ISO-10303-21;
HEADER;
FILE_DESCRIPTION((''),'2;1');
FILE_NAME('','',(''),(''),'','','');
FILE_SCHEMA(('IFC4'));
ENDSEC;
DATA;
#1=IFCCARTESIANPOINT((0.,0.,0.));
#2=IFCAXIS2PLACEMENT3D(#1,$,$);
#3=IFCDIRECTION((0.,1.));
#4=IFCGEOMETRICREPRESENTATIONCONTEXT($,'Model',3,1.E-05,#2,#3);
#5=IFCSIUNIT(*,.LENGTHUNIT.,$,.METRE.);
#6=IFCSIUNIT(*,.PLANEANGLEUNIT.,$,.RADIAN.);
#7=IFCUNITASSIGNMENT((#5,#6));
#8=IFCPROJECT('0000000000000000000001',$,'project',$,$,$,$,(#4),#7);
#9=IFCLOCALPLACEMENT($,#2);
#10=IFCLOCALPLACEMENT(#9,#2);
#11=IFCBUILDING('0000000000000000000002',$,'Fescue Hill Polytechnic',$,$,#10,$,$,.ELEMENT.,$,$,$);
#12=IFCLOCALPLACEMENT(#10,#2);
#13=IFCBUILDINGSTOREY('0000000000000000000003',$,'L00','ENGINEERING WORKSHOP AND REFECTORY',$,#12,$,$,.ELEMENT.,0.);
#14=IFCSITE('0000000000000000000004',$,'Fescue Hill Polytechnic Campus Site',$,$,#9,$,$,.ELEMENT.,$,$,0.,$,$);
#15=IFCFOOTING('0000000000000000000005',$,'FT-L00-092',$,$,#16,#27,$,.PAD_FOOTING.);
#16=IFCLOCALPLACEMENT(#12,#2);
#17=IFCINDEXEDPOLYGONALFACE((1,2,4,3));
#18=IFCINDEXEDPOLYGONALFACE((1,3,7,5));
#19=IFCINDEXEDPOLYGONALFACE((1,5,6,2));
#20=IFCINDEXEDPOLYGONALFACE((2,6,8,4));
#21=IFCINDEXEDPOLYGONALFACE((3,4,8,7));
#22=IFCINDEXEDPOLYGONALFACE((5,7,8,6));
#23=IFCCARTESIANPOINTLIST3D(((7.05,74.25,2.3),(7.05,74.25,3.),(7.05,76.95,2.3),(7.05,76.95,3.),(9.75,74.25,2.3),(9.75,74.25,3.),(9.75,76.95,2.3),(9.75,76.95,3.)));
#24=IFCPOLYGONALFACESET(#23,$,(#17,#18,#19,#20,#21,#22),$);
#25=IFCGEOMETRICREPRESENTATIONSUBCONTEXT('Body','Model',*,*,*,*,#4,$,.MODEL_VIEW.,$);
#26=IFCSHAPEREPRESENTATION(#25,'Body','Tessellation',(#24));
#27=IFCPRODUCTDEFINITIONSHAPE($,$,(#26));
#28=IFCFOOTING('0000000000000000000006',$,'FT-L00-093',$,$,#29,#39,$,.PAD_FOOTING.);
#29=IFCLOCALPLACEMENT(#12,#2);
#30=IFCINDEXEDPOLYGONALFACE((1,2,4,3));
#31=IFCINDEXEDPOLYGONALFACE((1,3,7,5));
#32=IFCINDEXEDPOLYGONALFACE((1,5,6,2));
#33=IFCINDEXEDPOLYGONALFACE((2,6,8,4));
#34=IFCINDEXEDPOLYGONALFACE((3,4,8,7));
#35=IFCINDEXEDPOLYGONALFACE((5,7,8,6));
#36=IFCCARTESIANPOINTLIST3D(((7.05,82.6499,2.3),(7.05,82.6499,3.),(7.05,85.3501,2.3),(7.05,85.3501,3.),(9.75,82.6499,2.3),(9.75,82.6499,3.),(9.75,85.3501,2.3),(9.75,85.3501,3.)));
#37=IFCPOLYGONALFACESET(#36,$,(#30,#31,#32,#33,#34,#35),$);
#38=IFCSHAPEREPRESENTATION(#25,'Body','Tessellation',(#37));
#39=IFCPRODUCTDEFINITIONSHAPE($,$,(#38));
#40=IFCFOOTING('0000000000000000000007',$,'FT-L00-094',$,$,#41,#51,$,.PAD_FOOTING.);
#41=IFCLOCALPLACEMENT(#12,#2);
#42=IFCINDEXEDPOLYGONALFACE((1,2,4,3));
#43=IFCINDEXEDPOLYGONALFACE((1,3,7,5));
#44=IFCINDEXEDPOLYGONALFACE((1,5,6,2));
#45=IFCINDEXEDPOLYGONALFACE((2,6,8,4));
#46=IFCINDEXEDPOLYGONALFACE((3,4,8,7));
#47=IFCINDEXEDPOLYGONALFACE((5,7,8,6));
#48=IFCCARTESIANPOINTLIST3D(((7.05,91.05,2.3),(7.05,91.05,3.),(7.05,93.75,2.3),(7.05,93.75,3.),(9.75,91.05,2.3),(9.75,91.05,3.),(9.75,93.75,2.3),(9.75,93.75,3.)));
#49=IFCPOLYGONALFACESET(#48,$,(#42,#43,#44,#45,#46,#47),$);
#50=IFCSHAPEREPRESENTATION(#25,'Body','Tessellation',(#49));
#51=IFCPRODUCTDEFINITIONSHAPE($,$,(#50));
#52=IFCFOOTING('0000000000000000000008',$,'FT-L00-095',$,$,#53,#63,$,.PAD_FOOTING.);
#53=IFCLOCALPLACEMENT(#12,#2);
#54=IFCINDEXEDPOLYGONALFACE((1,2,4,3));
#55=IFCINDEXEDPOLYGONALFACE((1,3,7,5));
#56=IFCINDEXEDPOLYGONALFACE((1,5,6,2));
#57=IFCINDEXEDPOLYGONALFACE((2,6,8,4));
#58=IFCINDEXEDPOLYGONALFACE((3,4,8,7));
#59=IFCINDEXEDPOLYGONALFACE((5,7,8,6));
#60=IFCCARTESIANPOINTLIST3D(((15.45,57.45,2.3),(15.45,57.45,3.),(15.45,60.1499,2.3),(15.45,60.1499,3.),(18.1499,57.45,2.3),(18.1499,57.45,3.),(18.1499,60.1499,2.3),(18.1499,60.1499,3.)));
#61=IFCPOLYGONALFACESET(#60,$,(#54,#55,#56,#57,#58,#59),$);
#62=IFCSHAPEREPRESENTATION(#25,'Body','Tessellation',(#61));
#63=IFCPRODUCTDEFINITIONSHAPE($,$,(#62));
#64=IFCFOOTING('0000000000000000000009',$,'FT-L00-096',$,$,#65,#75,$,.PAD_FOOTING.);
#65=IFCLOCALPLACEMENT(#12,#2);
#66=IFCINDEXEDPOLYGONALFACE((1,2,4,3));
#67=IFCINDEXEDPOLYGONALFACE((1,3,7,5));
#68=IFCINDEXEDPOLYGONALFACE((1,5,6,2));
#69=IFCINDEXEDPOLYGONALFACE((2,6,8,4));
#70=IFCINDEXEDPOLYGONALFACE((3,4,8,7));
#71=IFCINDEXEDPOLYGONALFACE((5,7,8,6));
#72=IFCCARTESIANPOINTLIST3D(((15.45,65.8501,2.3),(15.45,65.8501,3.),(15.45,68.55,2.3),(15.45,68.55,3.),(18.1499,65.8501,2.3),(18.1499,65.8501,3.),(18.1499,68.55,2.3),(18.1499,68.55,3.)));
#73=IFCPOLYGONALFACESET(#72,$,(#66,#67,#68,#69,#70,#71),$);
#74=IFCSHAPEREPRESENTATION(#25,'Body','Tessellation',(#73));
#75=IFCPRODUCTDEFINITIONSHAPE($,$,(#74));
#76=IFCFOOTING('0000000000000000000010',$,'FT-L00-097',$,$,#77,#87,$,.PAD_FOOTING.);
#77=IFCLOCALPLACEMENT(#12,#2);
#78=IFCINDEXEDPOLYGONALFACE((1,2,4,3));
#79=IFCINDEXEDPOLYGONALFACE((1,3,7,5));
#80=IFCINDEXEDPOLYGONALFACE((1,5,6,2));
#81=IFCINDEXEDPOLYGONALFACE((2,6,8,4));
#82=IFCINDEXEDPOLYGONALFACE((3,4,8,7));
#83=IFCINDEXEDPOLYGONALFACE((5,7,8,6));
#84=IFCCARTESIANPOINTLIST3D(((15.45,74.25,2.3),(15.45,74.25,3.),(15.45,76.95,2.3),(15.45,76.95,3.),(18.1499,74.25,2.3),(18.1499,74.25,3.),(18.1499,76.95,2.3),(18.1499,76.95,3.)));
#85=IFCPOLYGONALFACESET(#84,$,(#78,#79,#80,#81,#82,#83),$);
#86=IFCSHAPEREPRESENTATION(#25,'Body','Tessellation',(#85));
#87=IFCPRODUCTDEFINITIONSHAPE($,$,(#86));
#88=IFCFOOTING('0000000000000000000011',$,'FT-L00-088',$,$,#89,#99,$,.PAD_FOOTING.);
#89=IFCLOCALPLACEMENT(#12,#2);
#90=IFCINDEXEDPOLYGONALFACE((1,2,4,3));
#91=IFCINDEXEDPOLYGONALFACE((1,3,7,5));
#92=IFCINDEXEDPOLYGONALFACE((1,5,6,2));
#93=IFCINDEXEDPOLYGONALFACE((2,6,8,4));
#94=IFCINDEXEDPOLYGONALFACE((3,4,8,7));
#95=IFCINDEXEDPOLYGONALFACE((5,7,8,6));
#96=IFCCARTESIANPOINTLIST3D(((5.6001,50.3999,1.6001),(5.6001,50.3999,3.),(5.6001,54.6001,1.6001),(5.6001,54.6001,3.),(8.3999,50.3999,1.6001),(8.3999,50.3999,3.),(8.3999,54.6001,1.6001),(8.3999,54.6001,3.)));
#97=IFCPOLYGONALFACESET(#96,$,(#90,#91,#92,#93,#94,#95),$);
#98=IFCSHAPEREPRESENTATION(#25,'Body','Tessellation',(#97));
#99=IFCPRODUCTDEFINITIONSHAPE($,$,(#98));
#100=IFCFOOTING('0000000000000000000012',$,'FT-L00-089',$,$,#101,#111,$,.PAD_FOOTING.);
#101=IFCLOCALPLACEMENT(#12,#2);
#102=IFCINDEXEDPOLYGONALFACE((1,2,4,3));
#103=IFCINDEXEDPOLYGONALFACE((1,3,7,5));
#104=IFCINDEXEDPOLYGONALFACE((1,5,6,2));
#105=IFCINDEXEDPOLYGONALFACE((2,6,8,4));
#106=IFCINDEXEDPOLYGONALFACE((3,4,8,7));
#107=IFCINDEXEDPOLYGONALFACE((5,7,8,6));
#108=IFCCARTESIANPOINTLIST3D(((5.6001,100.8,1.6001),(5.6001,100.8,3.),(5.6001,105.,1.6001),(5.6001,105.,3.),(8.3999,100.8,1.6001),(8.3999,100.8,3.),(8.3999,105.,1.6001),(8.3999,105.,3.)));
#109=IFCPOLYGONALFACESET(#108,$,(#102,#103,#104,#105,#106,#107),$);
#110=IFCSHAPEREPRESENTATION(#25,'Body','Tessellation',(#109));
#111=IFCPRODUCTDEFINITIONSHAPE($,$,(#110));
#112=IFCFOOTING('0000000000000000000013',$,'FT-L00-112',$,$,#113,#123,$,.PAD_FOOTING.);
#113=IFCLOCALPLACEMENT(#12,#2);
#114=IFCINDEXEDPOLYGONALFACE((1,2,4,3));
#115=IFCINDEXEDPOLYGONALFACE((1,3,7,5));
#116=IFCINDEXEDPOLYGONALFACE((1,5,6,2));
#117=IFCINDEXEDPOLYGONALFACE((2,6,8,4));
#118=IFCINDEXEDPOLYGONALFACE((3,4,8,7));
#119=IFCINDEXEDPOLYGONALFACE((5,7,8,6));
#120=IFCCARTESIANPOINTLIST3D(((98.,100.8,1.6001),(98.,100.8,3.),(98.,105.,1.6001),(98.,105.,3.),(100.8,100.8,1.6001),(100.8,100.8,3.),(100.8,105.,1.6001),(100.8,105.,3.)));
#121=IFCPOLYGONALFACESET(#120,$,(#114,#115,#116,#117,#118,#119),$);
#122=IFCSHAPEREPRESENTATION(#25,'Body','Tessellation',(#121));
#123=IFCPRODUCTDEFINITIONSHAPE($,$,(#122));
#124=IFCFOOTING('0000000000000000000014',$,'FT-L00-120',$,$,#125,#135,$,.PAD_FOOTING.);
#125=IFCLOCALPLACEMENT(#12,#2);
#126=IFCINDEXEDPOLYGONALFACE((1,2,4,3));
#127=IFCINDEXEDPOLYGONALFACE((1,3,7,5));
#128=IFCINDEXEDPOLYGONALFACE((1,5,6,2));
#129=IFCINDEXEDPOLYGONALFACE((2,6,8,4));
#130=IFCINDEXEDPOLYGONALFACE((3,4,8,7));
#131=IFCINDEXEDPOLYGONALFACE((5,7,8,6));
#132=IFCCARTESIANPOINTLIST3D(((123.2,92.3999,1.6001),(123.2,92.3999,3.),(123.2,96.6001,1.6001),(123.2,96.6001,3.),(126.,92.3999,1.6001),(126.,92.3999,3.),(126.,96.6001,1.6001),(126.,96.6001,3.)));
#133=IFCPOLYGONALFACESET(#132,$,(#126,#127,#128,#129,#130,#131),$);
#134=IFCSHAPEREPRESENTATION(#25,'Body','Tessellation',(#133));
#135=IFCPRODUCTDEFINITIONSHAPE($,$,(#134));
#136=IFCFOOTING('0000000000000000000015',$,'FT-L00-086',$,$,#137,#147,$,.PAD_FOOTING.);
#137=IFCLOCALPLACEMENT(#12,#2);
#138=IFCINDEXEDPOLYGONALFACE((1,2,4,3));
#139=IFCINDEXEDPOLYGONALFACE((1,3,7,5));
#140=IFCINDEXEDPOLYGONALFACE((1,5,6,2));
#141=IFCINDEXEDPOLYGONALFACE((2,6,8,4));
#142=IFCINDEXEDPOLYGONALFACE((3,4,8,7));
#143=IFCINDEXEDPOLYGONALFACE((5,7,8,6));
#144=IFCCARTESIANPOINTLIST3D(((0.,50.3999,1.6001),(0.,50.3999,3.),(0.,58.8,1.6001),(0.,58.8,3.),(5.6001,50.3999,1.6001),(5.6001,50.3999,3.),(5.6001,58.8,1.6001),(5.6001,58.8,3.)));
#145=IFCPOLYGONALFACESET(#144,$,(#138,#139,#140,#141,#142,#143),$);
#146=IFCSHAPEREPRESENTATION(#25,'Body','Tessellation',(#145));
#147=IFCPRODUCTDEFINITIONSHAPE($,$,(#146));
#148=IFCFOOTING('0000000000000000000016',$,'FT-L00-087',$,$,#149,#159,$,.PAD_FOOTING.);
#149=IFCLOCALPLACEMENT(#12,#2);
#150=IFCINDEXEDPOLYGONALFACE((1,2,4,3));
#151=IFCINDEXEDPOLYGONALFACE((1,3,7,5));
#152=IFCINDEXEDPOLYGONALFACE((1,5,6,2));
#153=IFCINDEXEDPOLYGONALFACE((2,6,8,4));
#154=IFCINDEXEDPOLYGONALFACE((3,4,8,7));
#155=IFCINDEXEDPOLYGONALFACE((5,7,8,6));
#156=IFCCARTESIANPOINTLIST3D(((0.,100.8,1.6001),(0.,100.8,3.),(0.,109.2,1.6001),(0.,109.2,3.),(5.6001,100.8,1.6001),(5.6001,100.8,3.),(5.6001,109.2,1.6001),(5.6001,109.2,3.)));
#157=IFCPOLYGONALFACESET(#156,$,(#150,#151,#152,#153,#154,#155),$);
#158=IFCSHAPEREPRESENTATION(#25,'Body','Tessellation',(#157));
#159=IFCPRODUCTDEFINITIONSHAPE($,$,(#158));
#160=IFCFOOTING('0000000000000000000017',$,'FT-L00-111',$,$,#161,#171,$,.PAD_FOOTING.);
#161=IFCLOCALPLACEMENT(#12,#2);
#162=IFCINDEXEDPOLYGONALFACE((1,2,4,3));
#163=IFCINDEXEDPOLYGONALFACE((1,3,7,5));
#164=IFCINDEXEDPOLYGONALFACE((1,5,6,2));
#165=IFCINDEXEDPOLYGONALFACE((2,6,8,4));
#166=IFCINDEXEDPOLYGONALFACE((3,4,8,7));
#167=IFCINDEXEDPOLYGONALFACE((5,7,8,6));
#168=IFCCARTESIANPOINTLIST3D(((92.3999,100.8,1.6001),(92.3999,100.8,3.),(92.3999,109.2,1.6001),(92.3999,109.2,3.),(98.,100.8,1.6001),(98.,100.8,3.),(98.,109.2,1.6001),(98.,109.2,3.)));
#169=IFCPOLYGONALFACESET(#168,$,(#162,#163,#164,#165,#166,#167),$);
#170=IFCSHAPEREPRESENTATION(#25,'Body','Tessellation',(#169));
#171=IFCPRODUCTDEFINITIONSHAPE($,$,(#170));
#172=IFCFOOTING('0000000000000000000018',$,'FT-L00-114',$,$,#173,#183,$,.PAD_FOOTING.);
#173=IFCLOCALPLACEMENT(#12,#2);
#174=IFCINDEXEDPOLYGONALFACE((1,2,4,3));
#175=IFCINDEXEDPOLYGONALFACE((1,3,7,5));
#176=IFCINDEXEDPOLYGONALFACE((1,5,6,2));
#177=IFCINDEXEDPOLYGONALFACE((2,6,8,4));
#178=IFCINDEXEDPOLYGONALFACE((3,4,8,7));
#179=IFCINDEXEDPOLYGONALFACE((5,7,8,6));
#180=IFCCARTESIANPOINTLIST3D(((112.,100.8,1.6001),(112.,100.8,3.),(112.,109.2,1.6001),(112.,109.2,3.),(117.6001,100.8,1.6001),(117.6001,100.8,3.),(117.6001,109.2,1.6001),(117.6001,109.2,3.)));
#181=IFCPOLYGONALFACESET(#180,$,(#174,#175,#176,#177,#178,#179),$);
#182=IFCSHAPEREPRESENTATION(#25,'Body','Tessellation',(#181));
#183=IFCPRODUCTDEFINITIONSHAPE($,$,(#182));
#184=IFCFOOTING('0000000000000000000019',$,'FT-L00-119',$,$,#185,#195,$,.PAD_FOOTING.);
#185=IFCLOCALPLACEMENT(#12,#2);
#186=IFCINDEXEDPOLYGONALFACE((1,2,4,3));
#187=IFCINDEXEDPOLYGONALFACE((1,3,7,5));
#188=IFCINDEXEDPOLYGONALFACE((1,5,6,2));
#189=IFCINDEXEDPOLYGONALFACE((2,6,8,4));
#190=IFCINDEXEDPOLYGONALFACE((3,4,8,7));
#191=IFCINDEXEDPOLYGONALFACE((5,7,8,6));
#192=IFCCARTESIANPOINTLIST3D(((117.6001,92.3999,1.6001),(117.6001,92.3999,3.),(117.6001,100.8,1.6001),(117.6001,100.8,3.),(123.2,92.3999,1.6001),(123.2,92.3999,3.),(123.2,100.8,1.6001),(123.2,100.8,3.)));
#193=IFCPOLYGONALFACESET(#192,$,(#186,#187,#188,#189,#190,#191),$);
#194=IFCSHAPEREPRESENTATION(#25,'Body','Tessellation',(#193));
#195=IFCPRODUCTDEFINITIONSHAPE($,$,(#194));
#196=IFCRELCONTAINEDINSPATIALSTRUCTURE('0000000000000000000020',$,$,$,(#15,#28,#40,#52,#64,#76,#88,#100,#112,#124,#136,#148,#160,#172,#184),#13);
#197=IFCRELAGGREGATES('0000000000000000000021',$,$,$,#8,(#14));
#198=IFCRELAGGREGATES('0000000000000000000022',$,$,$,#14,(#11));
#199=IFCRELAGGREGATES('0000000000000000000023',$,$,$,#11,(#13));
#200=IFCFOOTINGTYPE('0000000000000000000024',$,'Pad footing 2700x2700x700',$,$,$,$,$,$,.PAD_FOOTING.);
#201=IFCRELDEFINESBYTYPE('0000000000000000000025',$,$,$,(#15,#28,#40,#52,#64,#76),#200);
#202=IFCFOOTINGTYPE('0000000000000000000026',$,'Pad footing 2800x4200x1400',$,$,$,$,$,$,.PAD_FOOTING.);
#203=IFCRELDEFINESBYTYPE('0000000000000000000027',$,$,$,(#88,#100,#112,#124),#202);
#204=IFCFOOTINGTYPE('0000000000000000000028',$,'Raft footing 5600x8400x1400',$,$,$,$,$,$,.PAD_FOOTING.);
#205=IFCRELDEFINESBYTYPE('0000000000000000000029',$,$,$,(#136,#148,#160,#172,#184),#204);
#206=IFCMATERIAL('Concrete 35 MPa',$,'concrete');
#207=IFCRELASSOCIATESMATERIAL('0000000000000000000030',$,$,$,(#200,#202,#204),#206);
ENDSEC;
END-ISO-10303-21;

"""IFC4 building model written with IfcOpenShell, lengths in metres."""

from ifc_helpers import new_model, si_unit, direction, frame, origin, place, context, subcontext, project, spatial, polyline, outline, extrude, material, type_object, element, save


model = new_model("IFC4")

# Units and contexts
model_context = context("Model", 3, precision=1e-05, world=origin(), true_north=direction((0.0, 1.0)))
body_context = subcontext(model_context, "Body", "Model", "MODEL_VIEW")
ifc_project = project(units=[si_unit("LENGTHUNIT", "METRE"), si_unit("PLANEANGLEUNIT", "RADIAN")], contexts=[model_context])

# Site, building, storey
site_placement = place(None, origin())
site = spatial("IfcSite", under=ifc_project, at=site_placement, Name="Fescue Hill Polytechnic Campus Site", CompositionType="ELEMENT", RefElevation=0.0)
building_placement = place(site_placement, origin())
building = spatial("IfcBuilding", under=site, at=building_placement, Name="Fescue Hill Polytechnic", CompositionType="ELEMENT")
storey_placement = place(building_placement, origin())
storey = spatial("IfcBuildingStorey", under=building, at=storey_placement, Name="L00", Description="ENGINEERING WORKSHOP AND REFECTORY", CompositionType="ELEMENT", Elevation=0.0)

# Footings
ifc_material = material(Name="Concrete 35 MPa", Category="concrete")
footing_type_1 = type_object("IfcFootingType", Name="Pad footing 2700x2700x700", PredefinedType="PAD_FOOTING", material=ifc_material)
footing_1_placement = place(storey_placement, frame((0.0, 0.0, 2.3)))
element("IfcFooting", 1, at=footing_1_placement, inside=storey, type_object=footing_type_1, Name="FT-L00-092", PredefinedType="PAD_FOOTING", context=body_context, shape_type="SweptSolid", body=[
    extrude(outline(polyline([(9.75, 74.25), (9.75, 76.95), (7.05, 76.95), (7.05, 74.25), (9.75, 74.25)])), origin(), (0.0, 0.0, 1.0), 0.7),
])
footing_2_placement = place(storey_placement, frame((0.0, 0.0, 2.3)))
element("IfcFooting", 2, at=footing_2_placement, inside=storey, type_object=footing_type_1, Name="FT-L00-093", PredefinedType="PAD_FOOTING", context=body_context, shape_type="SweptSolid", body=[
    extrude(outline(polyline([(9.75, 82.6499), (9.75, 85.3501), (7.05, 85.3501), (7.05, 82.6499), (9.75, 82.6499)])), origin(), (0.0, 0.0, 1.0), 0.7),
])
footing_3_placement = place(storey_placement, frame((0.0, 0.0, 2.3)))
element("IfcFooting", 3, at=footing_3_placement, inside=storey, type_object=footing_type_1, Name="FT-L00-094", PredefinedType="PAD_FOOTING", context=body_context, shape_type="SweptSolid", body=[
    extrude(outline(polyline([(9.75, 91.05), (9.75, 93.75), (7.05, 93.75), (7.05, 91.05), (9.75, 91.05)])), origin(), (0.0, 0.0, 1.0), 0.7),
])
footing_4_placement = place(storey_placement, frame((0.0, 0.0, 2.3)))
element("IfcFooting", 4, at=footing_4_placement, inside=storey, type_object=footing_type_1, Name="FT-L00-095", PredefinedType="PAD_FOOTING", context=body_context, shape_type="SweptSolid", body=[
    extrude(outline(polyline([(18.1499, 57.45), (18.1499, 60.1499), (15.45, 60.1499), (15.45, 57.45), (18.1499, 57.45)])), origin(), (0.0, 0.0, 1.0), 0.7),
])
footing_5_placement = place(storey_placement, frame((0.0, 0.0, 2.3)))
element("IfcFooting", 5, at=footing_5_placement, inside=storey, type_object=footing_type_1, Name="FT-L00-096", PredefinedType="PAD_FOOTING", context=body_context, shape_type="SweptSolid", body=[
    extrude(outline(polyline([(18.1499, 65.8501), (18.1499, 68.55), (15.45, 68.55), (15.45, 65.8501), (18.1499, 65.8501)])), origin(), (0.0, 0.0, 1.0), 0.7),
])
footing_6_placement = place(storey_placement, frame((0.0, 0.0, 2.3)))
element("IfcFooting", 6, at=footing_6_placement, inside=storey, type_object=footing_type_1, Name="FT-L00-097", PredefinedType="PAD_FOOTING", context=body_context, shape_type="SweptSolid", body=[
    extrude(outline(polyline([(18.1499, 74.25), (18.1499, 76.95), (15.45, 76.95), (15.45, 74.25), (18.1499, 74.25)])), origin(), (0.0, 0.0, 1.0), 0.7),
])
footing_type_2 = type_object("IfcFootingType", Name="Pad footing 2800x4200x1400", PredefinedType="PAD_FOOTING", material=ifc_material)
footing_7_placement = place(storey_placement, frame((0.0, 0.0, 1.6001)))
element("IfcFooting", 7, at=footing_7_placement, inside=storey, type_object=footing_type_2, Name="FT-L00-088", PredefinedType="PAD_FOOTING", context=body_context, shape_type="SweptSolid", body=[
    extrude(outline(polyline([(8.3999, 50.3999), (8.3999, 54.6001), (5.6001, 54.6001), (5.6001, 50.3999), (8.3999, 50.3999)])), origin(), (0.0, 0.0, 1.0), 1.3999),
])
footing_8_placement = place(storey_placement, frame((0.0, 0.0, 1.6001)))
element("IfcFooting", 8, at=footing_8_placement, inside=storey, type_object=footing_type_2, Name="FT-L00-089", PredefinedType="PAD_FOOTING", context=body_context, shape_type="SweptSolid", body=[
    extrude(outline(polyline([(8.3999, 100.8), (8.3999, 105.0), (5.6001, 105.0), (5.6001, 100.8), (8.3999, 100.8)])), origin(), (0.0, 0.0, 1.0), 1.3999),
])
footing_9_placement = place(storey_placement, frame((0.0, 0.0, 1.6001)))
element("IfcFooting", 9, at=footing_9_placement, inside=storey, type_object=footing_type_2, Name="FT-L00-112", PredefinedType="PAD_FOOTING", context=body_context, shape_type="SweptSolid", body=[
    extrude(outline(polyline([(100.8, 100.8), (100.8, 105.0), (98.0, 105.0), (98.0, 100.8), (100.8, 100.8)])), origin(), (0.0, 0.0, 1.0), 1.3999),
])
footing_10_placement = place(storey_placement, frame((0.0, 0.0, 1.6001)))
element("IfcFooting", 10, at=footing_10_placement, inside=storey, type_object=footing_type_2, Name="FT-L00-120", PredefinedType="PAD_FOOTING", context=body_context, shape_type="SweptSolid", body=[
    extrude(outline(polyline([(126.0, 92.3999), (126.0, 96.6001), (123.2, 96.6001), (123.2, 92.3999), (126.0, 92.3999)])), origin(), (0.0, 0.0, 1.0), 1.3999),
])
footing_type_3 = type_object("IfcFootingType", Name="Raft footing 5600x8400x1400", PredefinedType="PAD_FOOTING", material=ifc_material)
footing_11_placement = place(storey_placement, frame((0.0, 0.0, 1.6001)))
element("IfcFooting", 11, at=footing_11_placement, inside=storey, type_object=footing_type_3, Name="FT-L00-086", PredefinedType="PAD_FOOTING", context=body_context, shape_type="SweptSolid", body=[
    extrude(outline(polyline([(5.6001, 50.3999), (5.6001, 58.8), (0.0, 58.8), (0.0, 50.3999), (5.6001, 50.3999)])), origin(), (0.0, 0.0, 1.0), 1.3999),
])
footing_12_placement = place(storey_placement, frame((0.0, 0.0, 1.6001)))
element("IfcFooting", 12, at=footing_12_placement, inside=storey, type_object=footing_type_3, Name="FT-L00-087", PredefinedType="PAD_FOOTING", context=body_context, shape_type="SweptSolid", body=[
    extrude(outline(polyline([(5.6001, 100.8), (5.6001, 109.2), (0.0, 109.2), (0.0, 100.8), (5.6001, 100.8)])), origin(), (0.0, 0.0, 1.0), 1.3999),
])
footing_13_placement = place(storey_placement, frame((0.0, 0.0, 1.6001)))
element("IfcFooting", 13, at=footing_13_placement, inside=storey, type_object=footing_type_3, Name="FT-L00-111", PredefinedType="PAD_FOOTING", context=body_context, shape_type="SweptSolid", body=[
    extrude(outline(polyline([(98.0, 100.8), (98.0, 109.2), (92.3999, 109.2), (92.3999, 100.8), (98.0, 100.8)])), origin(), (0.0, 0.0, 1.0), 1.3999),
])
footing_14_placement = place(storey_placement, frame((0.0, 0.0, 1.6001)))
element("IfcFooting", 14, at=footing_14_placement, inside=storey, type_object=footing_type_3, Name="FT-L00-114", PredefinedType="PAD_FOOTING", context=body_context, shape_type="SweptSolid", body=[
    extrude(outline(polyline([(117.6001, 100.8), (117.6001, 109.2), (112.0, 109.2), (112.0, 100.8), (117.6001, 100.8)])), origin(), (0.0, 0.0, 1.0), 1.3999),
])
footing_15_placement = place(storey_placement, frame((0.0, 0.0, 1.6001)))
element("IfcFooting", 15, at=footing_15_placement, inside=storey, type_object=footing_type_3, Name="FT-L00-119", PredefinedType="PAD_FOOTING", context=body_context, shape_type="SweptSolid", body=[
    extrude(outline(polyline([(123.2, 92.3999), (123.2, 100.8), (117.6001, 100.8), (117.6001, 92.3999), (123.2, 92.3999)])), origin(), (0.0, 0.0, 1.0), 1.3999),
])

save(model, "model.ifc")
